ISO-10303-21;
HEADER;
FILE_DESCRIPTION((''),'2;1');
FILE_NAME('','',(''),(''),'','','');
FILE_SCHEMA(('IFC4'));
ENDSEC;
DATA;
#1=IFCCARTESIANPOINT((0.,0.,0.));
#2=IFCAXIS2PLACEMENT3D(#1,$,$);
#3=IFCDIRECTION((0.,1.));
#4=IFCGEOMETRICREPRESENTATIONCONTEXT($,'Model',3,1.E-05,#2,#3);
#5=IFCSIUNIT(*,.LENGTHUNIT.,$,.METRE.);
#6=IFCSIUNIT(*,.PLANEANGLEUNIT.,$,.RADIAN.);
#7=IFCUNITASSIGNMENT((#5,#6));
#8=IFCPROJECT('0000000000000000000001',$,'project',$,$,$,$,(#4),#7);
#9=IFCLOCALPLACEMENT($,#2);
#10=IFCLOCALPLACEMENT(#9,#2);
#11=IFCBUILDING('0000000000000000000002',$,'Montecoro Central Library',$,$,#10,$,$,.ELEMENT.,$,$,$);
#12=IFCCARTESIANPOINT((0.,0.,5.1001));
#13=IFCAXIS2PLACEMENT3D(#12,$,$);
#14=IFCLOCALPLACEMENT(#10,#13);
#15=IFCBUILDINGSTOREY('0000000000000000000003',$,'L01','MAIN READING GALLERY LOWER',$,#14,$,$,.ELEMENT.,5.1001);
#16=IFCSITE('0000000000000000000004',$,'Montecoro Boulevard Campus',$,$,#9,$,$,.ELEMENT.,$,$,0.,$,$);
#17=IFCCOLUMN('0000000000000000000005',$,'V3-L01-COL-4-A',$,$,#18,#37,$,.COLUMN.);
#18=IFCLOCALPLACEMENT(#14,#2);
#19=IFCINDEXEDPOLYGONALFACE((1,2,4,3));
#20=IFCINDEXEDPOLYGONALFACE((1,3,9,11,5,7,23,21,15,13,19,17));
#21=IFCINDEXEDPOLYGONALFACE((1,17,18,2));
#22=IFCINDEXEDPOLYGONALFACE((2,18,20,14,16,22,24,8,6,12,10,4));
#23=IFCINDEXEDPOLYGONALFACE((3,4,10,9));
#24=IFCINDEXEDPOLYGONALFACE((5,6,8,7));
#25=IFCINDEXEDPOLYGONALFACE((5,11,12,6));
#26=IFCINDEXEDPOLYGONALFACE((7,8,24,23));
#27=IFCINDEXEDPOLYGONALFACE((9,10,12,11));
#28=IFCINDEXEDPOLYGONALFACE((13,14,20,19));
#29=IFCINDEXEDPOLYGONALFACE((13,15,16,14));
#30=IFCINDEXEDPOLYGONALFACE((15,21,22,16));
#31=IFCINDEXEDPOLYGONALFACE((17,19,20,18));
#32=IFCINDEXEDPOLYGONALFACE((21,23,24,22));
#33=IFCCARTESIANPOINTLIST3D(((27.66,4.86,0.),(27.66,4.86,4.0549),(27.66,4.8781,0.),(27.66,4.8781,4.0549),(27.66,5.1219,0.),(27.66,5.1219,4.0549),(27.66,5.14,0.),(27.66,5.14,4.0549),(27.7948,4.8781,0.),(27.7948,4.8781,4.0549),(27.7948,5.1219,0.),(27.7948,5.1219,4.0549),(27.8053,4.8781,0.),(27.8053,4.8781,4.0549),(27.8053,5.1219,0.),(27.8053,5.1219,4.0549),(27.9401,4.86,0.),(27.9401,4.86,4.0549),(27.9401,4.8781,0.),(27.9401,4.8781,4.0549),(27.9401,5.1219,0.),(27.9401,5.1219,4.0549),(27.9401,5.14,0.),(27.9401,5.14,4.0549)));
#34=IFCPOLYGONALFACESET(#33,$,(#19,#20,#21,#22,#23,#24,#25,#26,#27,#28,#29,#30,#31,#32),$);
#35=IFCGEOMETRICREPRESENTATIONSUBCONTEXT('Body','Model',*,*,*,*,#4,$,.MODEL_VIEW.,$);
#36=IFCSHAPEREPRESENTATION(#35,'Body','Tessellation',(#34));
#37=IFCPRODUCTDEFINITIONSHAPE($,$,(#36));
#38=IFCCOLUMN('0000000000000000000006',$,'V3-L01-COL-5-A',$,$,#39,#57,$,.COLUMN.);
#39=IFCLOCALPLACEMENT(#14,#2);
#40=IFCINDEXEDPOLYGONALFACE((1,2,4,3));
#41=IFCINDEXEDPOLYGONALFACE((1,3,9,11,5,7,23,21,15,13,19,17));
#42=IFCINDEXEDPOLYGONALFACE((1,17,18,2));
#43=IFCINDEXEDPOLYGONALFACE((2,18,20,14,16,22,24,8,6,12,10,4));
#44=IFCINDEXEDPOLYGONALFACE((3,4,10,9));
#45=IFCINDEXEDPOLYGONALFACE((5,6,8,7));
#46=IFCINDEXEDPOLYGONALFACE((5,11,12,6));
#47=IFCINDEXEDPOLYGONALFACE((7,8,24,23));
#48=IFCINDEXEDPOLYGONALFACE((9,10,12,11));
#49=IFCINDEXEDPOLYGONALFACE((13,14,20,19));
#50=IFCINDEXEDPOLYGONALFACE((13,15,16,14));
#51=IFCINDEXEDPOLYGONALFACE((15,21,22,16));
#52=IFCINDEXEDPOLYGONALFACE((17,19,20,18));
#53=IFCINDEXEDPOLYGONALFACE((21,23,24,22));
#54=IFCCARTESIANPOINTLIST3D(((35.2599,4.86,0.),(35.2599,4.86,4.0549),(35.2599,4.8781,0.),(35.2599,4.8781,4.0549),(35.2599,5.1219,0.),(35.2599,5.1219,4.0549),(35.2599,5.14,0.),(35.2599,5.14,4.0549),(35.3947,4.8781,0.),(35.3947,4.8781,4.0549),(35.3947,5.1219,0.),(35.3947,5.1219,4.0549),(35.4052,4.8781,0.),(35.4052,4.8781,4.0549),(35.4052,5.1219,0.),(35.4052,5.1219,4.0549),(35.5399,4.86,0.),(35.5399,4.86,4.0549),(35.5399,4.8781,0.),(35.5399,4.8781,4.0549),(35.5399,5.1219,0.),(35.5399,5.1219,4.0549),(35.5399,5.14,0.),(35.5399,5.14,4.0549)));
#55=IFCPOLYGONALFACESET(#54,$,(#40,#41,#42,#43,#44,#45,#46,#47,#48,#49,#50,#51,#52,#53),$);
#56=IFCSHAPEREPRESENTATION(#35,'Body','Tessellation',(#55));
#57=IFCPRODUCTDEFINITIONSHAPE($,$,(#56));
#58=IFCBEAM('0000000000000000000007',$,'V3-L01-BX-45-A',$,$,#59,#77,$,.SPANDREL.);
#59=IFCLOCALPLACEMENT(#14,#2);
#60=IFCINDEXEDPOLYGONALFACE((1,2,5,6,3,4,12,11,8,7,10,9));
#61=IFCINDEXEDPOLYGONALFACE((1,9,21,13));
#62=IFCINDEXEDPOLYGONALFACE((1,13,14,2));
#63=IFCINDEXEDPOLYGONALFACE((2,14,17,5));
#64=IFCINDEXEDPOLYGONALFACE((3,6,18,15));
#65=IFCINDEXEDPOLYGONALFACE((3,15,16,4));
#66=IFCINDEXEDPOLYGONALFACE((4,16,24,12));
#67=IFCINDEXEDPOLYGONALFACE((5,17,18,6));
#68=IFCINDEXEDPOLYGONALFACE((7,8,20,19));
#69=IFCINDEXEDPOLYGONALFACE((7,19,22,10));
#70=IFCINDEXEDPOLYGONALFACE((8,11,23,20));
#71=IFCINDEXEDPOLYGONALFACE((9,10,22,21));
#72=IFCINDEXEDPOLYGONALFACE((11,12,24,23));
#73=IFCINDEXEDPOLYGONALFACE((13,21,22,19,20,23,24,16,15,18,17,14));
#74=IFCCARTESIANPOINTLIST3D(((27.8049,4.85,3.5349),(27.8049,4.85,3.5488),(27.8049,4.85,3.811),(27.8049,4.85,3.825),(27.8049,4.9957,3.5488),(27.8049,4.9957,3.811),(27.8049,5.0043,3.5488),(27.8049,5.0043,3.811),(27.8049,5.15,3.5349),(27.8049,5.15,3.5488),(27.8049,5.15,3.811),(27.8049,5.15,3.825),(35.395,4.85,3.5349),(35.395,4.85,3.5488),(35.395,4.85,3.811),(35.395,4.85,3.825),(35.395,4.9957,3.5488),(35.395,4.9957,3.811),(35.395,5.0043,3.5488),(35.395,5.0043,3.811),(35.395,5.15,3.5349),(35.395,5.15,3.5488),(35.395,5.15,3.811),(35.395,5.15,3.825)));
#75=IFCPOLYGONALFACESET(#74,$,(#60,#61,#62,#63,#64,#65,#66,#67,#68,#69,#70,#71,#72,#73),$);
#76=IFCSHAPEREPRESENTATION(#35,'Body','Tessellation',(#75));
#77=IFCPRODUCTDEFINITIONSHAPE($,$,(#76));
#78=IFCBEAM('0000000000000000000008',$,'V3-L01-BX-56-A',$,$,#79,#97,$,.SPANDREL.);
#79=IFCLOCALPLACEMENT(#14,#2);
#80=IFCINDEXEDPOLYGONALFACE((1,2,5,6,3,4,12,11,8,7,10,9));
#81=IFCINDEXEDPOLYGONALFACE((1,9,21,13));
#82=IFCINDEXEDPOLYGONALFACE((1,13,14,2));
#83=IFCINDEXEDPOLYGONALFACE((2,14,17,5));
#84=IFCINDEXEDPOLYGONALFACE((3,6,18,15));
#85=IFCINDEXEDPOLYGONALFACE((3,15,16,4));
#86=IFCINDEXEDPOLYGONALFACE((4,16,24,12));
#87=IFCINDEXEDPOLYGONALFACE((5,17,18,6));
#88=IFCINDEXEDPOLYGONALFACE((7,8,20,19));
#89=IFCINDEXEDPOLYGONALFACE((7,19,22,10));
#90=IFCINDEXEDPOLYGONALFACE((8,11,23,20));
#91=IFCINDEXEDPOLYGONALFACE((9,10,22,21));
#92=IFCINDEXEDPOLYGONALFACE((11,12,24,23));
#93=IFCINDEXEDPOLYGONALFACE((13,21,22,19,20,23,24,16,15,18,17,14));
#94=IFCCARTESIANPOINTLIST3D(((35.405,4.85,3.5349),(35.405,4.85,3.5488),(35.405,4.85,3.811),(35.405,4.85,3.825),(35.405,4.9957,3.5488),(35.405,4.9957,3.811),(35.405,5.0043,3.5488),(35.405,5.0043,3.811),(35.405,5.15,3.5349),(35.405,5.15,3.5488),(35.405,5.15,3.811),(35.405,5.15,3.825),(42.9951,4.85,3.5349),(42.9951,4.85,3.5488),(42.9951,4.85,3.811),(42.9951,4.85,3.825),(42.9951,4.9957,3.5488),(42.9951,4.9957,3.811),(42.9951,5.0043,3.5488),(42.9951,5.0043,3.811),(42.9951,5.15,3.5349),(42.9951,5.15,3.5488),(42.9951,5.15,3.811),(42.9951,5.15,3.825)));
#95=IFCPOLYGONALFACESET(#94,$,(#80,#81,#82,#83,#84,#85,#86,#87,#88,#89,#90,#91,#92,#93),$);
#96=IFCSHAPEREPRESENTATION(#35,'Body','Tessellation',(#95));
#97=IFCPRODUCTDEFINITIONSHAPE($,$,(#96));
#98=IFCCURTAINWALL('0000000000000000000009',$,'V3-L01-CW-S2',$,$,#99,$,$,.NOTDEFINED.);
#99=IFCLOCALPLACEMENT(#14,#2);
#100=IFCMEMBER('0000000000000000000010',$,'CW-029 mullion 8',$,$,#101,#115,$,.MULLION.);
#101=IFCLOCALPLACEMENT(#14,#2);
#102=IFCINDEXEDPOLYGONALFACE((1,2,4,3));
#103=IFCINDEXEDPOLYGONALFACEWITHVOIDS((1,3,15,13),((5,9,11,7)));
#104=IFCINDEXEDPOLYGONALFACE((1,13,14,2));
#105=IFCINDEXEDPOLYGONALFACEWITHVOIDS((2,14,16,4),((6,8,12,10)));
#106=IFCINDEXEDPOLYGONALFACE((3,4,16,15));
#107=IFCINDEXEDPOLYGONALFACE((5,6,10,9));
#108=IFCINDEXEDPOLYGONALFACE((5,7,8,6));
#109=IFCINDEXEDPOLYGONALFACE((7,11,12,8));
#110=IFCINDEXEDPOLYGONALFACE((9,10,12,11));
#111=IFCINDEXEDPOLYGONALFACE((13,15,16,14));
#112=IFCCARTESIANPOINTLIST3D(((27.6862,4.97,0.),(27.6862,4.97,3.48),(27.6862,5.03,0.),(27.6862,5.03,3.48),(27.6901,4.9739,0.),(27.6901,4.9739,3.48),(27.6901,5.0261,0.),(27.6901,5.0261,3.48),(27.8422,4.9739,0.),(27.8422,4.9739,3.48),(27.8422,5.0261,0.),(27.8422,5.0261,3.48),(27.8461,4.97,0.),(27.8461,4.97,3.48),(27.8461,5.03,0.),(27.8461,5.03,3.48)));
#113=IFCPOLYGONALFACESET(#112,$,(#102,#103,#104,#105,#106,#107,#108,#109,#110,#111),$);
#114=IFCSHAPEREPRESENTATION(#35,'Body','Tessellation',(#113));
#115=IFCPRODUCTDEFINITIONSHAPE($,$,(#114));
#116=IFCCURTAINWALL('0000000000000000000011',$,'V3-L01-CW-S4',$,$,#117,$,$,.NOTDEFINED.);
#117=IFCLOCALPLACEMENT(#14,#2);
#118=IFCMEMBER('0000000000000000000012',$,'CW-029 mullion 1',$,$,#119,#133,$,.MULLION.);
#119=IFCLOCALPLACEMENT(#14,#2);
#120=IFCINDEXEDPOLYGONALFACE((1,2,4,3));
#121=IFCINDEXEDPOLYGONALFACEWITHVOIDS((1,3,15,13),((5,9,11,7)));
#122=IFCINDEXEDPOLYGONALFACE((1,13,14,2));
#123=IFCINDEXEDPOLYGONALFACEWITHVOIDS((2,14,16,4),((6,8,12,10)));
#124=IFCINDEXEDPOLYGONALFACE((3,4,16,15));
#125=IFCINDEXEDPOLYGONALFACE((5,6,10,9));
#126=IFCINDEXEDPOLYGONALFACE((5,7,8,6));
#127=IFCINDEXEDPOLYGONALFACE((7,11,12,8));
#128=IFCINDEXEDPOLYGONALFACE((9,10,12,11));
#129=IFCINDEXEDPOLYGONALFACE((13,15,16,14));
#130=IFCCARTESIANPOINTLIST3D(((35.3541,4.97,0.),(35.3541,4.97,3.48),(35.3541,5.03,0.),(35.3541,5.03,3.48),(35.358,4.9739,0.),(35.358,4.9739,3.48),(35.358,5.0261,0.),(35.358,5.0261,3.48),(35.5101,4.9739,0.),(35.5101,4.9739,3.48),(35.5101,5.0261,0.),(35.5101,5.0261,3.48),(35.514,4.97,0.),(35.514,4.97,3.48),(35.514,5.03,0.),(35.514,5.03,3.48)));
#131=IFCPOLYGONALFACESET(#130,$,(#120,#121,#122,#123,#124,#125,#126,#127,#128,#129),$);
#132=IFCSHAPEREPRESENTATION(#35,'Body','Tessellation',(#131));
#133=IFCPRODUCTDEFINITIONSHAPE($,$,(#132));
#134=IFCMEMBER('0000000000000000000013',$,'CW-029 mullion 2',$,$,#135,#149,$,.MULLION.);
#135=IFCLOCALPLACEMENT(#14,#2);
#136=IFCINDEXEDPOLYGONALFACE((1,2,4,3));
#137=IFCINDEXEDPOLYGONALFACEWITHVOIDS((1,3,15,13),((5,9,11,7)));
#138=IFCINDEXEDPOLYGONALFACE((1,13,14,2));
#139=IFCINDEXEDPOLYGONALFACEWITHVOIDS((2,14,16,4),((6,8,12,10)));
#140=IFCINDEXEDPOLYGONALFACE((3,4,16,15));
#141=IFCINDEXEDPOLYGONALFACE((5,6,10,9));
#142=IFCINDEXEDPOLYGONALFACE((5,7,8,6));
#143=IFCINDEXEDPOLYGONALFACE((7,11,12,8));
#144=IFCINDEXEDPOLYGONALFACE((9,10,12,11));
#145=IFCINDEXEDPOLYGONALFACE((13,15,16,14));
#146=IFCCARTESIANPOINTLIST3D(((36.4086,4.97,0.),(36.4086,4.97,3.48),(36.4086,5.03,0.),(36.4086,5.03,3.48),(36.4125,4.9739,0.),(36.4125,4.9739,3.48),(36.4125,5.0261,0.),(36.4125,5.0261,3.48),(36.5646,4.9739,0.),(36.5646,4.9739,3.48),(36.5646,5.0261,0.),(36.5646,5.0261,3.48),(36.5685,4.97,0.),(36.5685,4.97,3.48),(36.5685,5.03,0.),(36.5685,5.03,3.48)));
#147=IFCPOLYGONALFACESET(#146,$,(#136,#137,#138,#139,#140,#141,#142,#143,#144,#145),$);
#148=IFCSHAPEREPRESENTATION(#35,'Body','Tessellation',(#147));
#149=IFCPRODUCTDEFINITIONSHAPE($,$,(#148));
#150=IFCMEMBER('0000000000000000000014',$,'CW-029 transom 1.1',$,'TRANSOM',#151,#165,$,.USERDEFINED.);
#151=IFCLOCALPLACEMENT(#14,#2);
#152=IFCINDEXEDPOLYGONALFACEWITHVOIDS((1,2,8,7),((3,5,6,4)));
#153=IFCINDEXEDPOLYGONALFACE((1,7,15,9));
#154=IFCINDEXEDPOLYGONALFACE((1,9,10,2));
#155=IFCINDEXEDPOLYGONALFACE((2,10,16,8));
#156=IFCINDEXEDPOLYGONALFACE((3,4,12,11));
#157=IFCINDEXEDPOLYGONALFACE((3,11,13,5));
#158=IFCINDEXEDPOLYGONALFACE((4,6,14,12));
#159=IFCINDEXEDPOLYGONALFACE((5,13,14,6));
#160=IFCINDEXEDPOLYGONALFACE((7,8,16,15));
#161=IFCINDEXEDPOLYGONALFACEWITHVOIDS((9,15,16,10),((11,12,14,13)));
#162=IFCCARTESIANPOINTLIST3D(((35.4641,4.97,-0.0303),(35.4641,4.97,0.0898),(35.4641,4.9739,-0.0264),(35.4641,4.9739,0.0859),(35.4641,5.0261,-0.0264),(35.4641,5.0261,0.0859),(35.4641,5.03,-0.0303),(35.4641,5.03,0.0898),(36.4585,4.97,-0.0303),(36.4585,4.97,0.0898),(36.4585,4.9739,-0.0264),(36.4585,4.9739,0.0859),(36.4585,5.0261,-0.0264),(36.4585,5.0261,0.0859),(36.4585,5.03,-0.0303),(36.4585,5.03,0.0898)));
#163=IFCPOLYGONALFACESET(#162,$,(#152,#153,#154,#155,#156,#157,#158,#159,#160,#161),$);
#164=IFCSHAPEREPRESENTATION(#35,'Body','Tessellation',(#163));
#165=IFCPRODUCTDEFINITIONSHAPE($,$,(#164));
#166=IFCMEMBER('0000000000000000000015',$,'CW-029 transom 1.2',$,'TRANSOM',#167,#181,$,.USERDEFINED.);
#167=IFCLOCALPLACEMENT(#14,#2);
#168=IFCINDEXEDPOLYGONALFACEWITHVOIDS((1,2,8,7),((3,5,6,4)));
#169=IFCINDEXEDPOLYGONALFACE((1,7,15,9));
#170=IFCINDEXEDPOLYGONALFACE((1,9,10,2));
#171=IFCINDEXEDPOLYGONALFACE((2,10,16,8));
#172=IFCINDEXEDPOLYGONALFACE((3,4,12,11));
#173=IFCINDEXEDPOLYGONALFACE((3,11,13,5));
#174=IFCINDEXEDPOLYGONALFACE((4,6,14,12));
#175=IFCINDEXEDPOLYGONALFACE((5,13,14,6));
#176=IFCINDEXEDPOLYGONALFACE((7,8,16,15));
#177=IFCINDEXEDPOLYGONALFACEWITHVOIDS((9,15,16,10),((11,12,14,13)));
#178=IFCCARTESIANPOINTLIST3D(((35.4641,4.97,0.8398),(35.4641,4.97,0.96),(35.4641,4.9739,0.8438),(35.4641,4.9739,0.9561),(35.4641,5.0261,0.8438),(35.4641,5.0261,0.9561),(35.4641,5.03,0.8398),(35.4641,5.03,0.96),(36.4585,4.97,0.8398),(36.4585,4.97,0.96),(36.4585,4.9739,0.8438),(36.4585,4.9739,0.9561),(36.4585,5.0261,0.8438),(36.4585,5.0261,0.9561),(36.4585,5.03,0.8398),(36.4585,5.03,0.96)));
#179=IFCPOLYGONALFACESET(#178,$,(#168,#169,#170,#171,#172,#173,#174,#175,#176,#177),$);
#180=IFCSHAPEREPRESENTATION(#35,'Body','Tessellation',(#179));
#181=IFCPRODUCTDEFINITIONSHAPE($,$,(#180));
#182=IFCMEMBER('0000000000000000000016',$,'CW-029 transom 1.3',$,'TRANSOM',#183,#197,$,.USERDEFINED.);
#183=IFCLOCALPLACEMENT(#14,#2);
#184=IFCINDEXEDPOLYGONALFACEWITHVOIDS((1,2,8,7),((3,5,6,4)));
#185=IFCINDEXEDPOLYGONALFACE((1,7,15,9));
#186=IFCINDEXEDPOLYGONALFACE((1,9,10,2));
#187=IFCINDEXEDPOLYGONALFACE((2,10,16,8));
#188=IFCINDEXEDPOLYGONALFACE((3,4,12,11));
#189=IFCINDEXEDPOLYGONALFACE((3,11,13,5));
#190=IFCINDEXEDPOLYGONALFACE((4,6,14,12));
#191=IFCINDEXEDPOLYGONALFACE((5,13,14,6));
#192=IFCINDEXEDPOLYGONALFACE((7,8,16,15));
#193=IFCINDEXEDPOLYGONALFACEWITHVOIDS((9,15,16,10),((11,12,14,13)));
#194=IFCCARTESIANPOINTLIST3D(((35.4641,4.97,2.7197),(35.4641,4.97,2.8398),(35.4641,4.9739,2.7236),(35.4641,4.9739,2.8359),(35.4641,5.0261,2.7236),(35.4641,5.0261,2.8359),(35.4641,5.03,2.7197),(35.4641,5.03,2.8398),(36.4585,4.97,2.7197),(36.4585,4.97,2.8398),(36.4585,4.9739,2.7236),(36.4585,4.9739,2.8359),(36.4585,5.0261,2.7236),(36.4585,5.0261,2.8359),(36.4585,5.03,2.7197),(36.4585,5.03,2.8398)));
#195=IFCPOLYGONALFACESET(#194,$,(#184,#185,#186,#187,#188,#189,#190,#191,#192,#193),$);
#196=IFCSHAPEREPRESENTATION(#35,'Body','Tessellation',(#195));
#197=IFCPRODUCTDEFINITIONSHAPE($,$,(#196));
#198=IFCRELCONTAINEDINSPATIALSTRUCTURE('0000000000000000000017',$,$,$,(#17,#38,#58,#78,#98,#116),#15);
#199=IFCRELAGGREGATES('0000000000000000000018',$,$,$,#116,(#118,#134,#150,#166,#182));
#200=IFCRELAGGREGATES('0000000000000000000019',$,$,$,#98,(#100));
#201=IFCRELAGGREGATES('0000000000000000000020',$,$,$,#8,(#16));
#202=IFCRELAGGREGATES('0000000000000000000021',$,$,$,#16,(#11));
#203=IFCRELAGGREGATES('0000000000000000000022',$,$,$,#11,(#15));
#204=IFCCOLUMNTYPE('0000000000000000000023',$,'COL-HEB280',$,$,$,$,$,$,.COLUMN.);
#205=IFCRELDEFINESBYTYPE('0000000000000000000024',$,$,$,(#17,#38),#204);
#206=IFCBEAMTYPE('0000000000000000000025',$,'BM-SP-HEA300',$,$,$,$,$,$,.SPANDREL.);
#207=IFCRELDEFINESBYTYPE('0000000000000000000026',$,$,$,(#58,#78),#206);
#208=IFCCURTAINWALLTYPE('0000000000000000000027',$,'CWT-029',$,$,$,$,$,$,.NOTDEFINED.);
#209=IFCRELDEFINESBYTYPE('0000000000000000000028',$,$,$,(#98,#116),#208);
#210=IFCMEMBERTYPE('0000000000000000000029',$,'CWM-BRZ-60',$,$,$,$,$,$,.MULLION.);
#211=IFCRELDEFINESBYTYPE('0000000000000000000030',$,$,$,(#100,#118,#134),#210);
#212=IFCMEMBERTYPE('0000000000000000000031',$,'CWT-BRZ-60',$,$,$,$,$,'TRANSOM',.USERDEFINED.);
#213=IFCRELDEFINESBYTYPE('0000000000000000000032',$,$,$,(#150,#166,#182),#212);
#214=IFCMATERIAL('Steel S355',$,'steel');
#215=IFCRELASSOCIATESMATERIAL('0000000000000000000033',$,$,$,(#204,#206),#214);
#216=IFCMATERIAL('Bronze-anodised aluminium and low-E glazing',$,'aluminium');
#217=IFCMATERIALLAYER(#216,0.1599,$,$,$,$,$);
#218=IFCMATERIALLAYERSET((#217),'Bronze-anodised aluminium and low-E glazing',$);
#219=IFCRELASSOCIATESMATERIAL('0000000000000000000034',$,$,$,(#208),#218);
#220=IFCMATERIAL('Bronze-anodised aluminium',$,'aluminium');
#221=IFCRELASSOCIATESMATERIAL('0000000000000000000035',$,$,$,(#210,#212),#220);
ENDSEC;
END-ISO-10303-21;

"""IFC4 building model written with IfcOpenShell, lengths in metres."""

from ifc_helpers import new_model, si_unit, direction, frame, origin, origin_2d, place, context, subcontext, project, spatial, hollow_rectangle, i_section, extrude, material, layer, layer_set, material_profile, profile_set, type_object, element, aggregate, save


model = new_model("IFC4")

# Units and contexts
model_context = context("Model", 3, precision=1e-05, world=origin(), true_north=direction((0.0, 1.0)))
body_context = subcontext(model_context, "Body", "Model", "MODEL_VIEW")
ifc_project = project(units=[si_unit("LENGTHUNIT", "METRE"), si_unit("PLANEANGLEUNIT", "RADIAN")], contexts=[model_context])

# Site, building, storey
site_placement = place(None, origin())
site = spatial("IfcSite", under=ifc_project, at=site_placement, Name="Montecoro Boulevard Campus", CompositionType="ELEMENT", RefElevation=0.0)
building_placement = place(site_placement, origin())
building = spatial("IfcBuilding", under=site, at=building_placement, Name="Montecoro Central Library", CompositionType="ELEMENT")
storey_placement = place(building_placement, frame((0.0, 0.0, 5.1001)))
storey = spatial("IfcBuildingStorey", under=building, at=storey_placement, Name="L01", Description="MAIN READING GALLERY LOWER", CompositionType="ELEMENT", Elevation=5.1001)

# Columns
ifc_material_1 = material(Name="Steel S355", Category="steel")
ifc_material_profile_1 = material_profile(ifc_material_1, i_section(OverallWidth=0.28, OverallDepth=0.28, WebThickness=0.0105, FlangeThickness=0.0181, at=origin_2d()), Name="HEB 280")
ifc_profile_set_1 = profile_set([ifc_material_profile_1], Name="Steel S355")
column_type = type_object("IfcColumnType", Name="COL-HEB280", PredefinedType="COLUMN", material=ifc_profile_set_1)
for number, where, z_axis, x_axis, name in (
    (1, (27.8, 5.0, 0.0), (0.0, 0.0, 1.0), (1.0, 0.0, 0.0), "V3-L01-COL-4-A"),
    (2, (35.3999, 5.0, 0.0), (0.0, 0.0, 1.0), (1.0, 0.0, 0.0), "V3-L01-COL-5-A"),
):
    element("IfcColumn", number, at=place(storey_placement, frame(where, z_axis=z_axis, x_axis=x_axis)), inside=storey, type_object=column_type, Name=name, PredefinedType="COLUMN", context=body_context, shape_type="SweptSolid", body=[
        extrude(i_section(OverallWidth=0.28, OverallDepth=0.28, WebThickness=0.0105, FlangeThickness=0.0181, at=origin_2d()), origin(), (0.0, 0.0, 1.0), 4.0549),
    ])

# Beams
ifc_material_profile_2 = material_profile(ifc_material_1, i_section(OverallWidth=0.3, OverallDepth=0.29, WebThickness=0.0085, FlangeThickness=0.0139, at=origin_2d()), Name="HEA 300")
ifc_profile_set_2 = profile_set([ifc_material_profile_2], Name="Steel S355")
beam_type = type_object("IfcBeamType", Name="BM-SP-HEA300", PredefinedType="SPANDREL", material=ifc_profile_set_2)
for number, where, z_axis, x_axis, name in (
    (3, (27.8049, 5.0, 3.6799), (1.0, 0.0, 0.0), (0.0, 1.0, 0.0), "V3-L01-BX-45-A"),
    (4, (35.405, 5.0, 3.6799), (1.0, 0.0, 0.0), (0.0, 1.0, 0.0), "V3-L01-BX-56-A"),
):
    element("IfcBeam", number, at=place(storey_placement, frame(where, z_axis=z_axis, x_axis=x_axis)), inside=storey, type_object=beam_type, Name=name, PredefinedType="SPANDREL", context=body_context, shape_type="SweptSolid", body=[
        extrude(i_section(OverallWidth=0.3, OverallDepth=0.29, WebThickness=0.0085, FlangeThickness=0.0139, at=origin_2d()), origin(), (0.0, 0.0, 1.0), 7.5901),
    ])

# Curtain wall, member
ifc_material_2 = material(Name="Bronze-anodised aluminium and low-E glazing", Category="aluminium")
ifc_layer_1 = layer(ifc_material_2, 0.1599)
ifc_layer_set_1 = layer_set([ifc_layer_1], Name="Bronze-anodised aluminium and low-E glazing")
curtain_wall_type = type_object("IfcCurtainWallType", Name="CWT-029", PredefinedType="NOTDEFINED", material=ifc_layer_set_1)
curtain_wall_1_placement = place(storey_placement, origin())
curtain_wall_1 = element("IfcCurtainWall", 5, at=curtain_wall_1_placement, inside=storey, type_object=curtain_wall_type, Name="V3-L01-CW-S2", PredefinedType="NOTDEFINED")
ifc_material_3 = material(Name="Bronze-anodised aluminium", Category="aluminium")
ifc_material_profile_3 = material_profile(ifc_material_3, hollow_rectangle(XDim=0.0601, YDim=0.1599, WallThickness=0.0039, at=origin_2d()), Name="CWM 160x60x4.0")
ifc_profile_set_3 = profile_set([ifc_material_profile_3], Name="Bronze-anodised aluminium")
member_type_1 = type_object("IfcMemberType", Name="CWM-BRZ-60", PredefinedType="MULLION", material=ifc_profile_set_3)
member_1_placement = place(storey_placement, frame((27.7661, 5.0, 0.0), z_axis=(0.0, 0.0, 1.0), x_axis=(0.0, 1.0, 0.0)))
member_1 = element("IfcMember", 6, at=member_1_placement, type_object=member_type_1, Name="CW-029 mullion 8", PredefinedType="MULLION", context=body_context, shape_type="SweptSolid", body=[
    extrude(hollow_rectangle(XDim=0.0601, YDim=0.1599, WallThickness=0.0039, at=origin_2d()), origin(), (0.0, 0.0, 1.0), 3.48),
])

# Curtain wall, members
curtain_wall_2_placement = place(storey_placement, origin())
curtain_wall_2 = element("IfcCurtainWall", 7, at=curtain_wall_2_placement, inside=storey, type_object=curtain_wall_type, Name="V3-L01-CW-S4", PredefinedType="NOTDEFINED")
member_2_placement = place(storey_placement, frame((35.4341, 5.0, 0.0), z_axis=(0.0, 0.0, 1.0), x_axis=(0.0, 1.0, 0.0)))
member_2 = element("IfcMember", 8, at=member_2_placement, type_object=member_type_1, Name="CW-029 mullion 1", PredefinedType="MULLION", context=body_context, shape_type="SweptSolid", body=[
    extrude(hollow_rectangle(XDim=0.0601, YDim=0.1599, WallThickness=0.0039, at=origin_2d()), origin(), (0.0, 0.0, 1.0), 3.48),
])
member_3_placement = place(storey_placement, frame((36.4885, 5.0, 0.0), z_axis=(0.0, 0.0, 1.0), x_axis=(0.0, 1.0, 0.0)))
member_3 = element("IfcMember", 9, at=member_3_placement, type_object=member_type_1, Name="CW-029 mullion 2", PredefinedType="MULLION", context=body_context, shape_type="SweptSolid", body=[
    extrude(hollow_rectangle(XDim=0.0601, YDim=0.1599, WallThickness=0.0039, at=origin_2d()), origin(), (0.0, 0.0, 1.0), 3.48),
])
ifc_material_profile_4 = material_profile(ifc_material_3, hollow_rectangle(XDim=0.0601, YDim=0.1201, WallThickness=0.0039, at=origin_2d()), Name="CWT 120x60x4.0")
ifc_profile_set_4 = profile_set([ifc_material_profile_4], Name="Bronze-anodised aluminium")
member_type_2 = type_object("IfcMemberType", Name="CWT-BRZ-60", ElementType="TRANSOM", PredefinedType="USERDEFINED", material=ifc_profile_set_4)
member_4_placement = place(storey_placement, frame((35.4641, 5.0, 0.0298), z_axis=(1.0, 0.0, 0.0), x_axis=(0.0, 1.0, 0.0)))
member_4 = element("IfcMember", 10, at=member_4_placement, type_object=member_type_2, Name="CW-029 transom 1.1", ObjectType="TRANSOM", PredefinedType="USERDEFINED", context=body_context, shape_type="SweptSolid", body=[
    extrude(hollow_rectangle(XDim=0.0601, YDim=0.1201, WallThickness=0.0039, at=origin_2d()), origin(), (0.0, 0.0, 1.0), 0.9944),
])
member_5_placement = place(storey_placement, frame((35.4641, 5.0, 0.8999), z_axis=(1.0, 0.0, 0.0), x_axis=(0.0, 1.0, 0.0)))
member_5 = element("IfcMember", 11, at=member_5_placement, type_object=member_type_2, Name="CW-029 transom 1.2", ObjectType="TRANSOM", PredefinedType="USERDEFINED", context=body_context, shape_type="SweptSolid", body=[
    extrude(hollow_rectangle(XDim=0.0601, YDim=0.1201, WallThickness=0.0039, at=origin_2d()), origin(), (0.0, 0.0, 1.0), 0.9944),
])
member_6_placement = place(storey_placement, frame((35.4641, 5.0, 2.7798), z_axis=(1.0, 0.0, 0.0), x_axis=(0.0, 1.0, 0.0)))
member_6 = element("IfcMember", 12, at=member_6_placement, type_object=member_type_2, Name="CW-029 transom 1.3", ObjectType="TRANSOM", PredefinedType="USERDEFINED", context=body_context, shape_type="SweptSolid", body=[
    extrude(hollow_rectangle(XDim=0.0601, YDim=0.1201, WallThickness=0.0039, at=origin_2d()), origin(), (0.0, 0.0, 1.0), 0.9944),
])
aggregate(curtain_wall_2, [member_2, member_3, member_4, member_5, member_6])

aggregate(curtain_wall_1, [member_1])

save(model, "model.ifc")
